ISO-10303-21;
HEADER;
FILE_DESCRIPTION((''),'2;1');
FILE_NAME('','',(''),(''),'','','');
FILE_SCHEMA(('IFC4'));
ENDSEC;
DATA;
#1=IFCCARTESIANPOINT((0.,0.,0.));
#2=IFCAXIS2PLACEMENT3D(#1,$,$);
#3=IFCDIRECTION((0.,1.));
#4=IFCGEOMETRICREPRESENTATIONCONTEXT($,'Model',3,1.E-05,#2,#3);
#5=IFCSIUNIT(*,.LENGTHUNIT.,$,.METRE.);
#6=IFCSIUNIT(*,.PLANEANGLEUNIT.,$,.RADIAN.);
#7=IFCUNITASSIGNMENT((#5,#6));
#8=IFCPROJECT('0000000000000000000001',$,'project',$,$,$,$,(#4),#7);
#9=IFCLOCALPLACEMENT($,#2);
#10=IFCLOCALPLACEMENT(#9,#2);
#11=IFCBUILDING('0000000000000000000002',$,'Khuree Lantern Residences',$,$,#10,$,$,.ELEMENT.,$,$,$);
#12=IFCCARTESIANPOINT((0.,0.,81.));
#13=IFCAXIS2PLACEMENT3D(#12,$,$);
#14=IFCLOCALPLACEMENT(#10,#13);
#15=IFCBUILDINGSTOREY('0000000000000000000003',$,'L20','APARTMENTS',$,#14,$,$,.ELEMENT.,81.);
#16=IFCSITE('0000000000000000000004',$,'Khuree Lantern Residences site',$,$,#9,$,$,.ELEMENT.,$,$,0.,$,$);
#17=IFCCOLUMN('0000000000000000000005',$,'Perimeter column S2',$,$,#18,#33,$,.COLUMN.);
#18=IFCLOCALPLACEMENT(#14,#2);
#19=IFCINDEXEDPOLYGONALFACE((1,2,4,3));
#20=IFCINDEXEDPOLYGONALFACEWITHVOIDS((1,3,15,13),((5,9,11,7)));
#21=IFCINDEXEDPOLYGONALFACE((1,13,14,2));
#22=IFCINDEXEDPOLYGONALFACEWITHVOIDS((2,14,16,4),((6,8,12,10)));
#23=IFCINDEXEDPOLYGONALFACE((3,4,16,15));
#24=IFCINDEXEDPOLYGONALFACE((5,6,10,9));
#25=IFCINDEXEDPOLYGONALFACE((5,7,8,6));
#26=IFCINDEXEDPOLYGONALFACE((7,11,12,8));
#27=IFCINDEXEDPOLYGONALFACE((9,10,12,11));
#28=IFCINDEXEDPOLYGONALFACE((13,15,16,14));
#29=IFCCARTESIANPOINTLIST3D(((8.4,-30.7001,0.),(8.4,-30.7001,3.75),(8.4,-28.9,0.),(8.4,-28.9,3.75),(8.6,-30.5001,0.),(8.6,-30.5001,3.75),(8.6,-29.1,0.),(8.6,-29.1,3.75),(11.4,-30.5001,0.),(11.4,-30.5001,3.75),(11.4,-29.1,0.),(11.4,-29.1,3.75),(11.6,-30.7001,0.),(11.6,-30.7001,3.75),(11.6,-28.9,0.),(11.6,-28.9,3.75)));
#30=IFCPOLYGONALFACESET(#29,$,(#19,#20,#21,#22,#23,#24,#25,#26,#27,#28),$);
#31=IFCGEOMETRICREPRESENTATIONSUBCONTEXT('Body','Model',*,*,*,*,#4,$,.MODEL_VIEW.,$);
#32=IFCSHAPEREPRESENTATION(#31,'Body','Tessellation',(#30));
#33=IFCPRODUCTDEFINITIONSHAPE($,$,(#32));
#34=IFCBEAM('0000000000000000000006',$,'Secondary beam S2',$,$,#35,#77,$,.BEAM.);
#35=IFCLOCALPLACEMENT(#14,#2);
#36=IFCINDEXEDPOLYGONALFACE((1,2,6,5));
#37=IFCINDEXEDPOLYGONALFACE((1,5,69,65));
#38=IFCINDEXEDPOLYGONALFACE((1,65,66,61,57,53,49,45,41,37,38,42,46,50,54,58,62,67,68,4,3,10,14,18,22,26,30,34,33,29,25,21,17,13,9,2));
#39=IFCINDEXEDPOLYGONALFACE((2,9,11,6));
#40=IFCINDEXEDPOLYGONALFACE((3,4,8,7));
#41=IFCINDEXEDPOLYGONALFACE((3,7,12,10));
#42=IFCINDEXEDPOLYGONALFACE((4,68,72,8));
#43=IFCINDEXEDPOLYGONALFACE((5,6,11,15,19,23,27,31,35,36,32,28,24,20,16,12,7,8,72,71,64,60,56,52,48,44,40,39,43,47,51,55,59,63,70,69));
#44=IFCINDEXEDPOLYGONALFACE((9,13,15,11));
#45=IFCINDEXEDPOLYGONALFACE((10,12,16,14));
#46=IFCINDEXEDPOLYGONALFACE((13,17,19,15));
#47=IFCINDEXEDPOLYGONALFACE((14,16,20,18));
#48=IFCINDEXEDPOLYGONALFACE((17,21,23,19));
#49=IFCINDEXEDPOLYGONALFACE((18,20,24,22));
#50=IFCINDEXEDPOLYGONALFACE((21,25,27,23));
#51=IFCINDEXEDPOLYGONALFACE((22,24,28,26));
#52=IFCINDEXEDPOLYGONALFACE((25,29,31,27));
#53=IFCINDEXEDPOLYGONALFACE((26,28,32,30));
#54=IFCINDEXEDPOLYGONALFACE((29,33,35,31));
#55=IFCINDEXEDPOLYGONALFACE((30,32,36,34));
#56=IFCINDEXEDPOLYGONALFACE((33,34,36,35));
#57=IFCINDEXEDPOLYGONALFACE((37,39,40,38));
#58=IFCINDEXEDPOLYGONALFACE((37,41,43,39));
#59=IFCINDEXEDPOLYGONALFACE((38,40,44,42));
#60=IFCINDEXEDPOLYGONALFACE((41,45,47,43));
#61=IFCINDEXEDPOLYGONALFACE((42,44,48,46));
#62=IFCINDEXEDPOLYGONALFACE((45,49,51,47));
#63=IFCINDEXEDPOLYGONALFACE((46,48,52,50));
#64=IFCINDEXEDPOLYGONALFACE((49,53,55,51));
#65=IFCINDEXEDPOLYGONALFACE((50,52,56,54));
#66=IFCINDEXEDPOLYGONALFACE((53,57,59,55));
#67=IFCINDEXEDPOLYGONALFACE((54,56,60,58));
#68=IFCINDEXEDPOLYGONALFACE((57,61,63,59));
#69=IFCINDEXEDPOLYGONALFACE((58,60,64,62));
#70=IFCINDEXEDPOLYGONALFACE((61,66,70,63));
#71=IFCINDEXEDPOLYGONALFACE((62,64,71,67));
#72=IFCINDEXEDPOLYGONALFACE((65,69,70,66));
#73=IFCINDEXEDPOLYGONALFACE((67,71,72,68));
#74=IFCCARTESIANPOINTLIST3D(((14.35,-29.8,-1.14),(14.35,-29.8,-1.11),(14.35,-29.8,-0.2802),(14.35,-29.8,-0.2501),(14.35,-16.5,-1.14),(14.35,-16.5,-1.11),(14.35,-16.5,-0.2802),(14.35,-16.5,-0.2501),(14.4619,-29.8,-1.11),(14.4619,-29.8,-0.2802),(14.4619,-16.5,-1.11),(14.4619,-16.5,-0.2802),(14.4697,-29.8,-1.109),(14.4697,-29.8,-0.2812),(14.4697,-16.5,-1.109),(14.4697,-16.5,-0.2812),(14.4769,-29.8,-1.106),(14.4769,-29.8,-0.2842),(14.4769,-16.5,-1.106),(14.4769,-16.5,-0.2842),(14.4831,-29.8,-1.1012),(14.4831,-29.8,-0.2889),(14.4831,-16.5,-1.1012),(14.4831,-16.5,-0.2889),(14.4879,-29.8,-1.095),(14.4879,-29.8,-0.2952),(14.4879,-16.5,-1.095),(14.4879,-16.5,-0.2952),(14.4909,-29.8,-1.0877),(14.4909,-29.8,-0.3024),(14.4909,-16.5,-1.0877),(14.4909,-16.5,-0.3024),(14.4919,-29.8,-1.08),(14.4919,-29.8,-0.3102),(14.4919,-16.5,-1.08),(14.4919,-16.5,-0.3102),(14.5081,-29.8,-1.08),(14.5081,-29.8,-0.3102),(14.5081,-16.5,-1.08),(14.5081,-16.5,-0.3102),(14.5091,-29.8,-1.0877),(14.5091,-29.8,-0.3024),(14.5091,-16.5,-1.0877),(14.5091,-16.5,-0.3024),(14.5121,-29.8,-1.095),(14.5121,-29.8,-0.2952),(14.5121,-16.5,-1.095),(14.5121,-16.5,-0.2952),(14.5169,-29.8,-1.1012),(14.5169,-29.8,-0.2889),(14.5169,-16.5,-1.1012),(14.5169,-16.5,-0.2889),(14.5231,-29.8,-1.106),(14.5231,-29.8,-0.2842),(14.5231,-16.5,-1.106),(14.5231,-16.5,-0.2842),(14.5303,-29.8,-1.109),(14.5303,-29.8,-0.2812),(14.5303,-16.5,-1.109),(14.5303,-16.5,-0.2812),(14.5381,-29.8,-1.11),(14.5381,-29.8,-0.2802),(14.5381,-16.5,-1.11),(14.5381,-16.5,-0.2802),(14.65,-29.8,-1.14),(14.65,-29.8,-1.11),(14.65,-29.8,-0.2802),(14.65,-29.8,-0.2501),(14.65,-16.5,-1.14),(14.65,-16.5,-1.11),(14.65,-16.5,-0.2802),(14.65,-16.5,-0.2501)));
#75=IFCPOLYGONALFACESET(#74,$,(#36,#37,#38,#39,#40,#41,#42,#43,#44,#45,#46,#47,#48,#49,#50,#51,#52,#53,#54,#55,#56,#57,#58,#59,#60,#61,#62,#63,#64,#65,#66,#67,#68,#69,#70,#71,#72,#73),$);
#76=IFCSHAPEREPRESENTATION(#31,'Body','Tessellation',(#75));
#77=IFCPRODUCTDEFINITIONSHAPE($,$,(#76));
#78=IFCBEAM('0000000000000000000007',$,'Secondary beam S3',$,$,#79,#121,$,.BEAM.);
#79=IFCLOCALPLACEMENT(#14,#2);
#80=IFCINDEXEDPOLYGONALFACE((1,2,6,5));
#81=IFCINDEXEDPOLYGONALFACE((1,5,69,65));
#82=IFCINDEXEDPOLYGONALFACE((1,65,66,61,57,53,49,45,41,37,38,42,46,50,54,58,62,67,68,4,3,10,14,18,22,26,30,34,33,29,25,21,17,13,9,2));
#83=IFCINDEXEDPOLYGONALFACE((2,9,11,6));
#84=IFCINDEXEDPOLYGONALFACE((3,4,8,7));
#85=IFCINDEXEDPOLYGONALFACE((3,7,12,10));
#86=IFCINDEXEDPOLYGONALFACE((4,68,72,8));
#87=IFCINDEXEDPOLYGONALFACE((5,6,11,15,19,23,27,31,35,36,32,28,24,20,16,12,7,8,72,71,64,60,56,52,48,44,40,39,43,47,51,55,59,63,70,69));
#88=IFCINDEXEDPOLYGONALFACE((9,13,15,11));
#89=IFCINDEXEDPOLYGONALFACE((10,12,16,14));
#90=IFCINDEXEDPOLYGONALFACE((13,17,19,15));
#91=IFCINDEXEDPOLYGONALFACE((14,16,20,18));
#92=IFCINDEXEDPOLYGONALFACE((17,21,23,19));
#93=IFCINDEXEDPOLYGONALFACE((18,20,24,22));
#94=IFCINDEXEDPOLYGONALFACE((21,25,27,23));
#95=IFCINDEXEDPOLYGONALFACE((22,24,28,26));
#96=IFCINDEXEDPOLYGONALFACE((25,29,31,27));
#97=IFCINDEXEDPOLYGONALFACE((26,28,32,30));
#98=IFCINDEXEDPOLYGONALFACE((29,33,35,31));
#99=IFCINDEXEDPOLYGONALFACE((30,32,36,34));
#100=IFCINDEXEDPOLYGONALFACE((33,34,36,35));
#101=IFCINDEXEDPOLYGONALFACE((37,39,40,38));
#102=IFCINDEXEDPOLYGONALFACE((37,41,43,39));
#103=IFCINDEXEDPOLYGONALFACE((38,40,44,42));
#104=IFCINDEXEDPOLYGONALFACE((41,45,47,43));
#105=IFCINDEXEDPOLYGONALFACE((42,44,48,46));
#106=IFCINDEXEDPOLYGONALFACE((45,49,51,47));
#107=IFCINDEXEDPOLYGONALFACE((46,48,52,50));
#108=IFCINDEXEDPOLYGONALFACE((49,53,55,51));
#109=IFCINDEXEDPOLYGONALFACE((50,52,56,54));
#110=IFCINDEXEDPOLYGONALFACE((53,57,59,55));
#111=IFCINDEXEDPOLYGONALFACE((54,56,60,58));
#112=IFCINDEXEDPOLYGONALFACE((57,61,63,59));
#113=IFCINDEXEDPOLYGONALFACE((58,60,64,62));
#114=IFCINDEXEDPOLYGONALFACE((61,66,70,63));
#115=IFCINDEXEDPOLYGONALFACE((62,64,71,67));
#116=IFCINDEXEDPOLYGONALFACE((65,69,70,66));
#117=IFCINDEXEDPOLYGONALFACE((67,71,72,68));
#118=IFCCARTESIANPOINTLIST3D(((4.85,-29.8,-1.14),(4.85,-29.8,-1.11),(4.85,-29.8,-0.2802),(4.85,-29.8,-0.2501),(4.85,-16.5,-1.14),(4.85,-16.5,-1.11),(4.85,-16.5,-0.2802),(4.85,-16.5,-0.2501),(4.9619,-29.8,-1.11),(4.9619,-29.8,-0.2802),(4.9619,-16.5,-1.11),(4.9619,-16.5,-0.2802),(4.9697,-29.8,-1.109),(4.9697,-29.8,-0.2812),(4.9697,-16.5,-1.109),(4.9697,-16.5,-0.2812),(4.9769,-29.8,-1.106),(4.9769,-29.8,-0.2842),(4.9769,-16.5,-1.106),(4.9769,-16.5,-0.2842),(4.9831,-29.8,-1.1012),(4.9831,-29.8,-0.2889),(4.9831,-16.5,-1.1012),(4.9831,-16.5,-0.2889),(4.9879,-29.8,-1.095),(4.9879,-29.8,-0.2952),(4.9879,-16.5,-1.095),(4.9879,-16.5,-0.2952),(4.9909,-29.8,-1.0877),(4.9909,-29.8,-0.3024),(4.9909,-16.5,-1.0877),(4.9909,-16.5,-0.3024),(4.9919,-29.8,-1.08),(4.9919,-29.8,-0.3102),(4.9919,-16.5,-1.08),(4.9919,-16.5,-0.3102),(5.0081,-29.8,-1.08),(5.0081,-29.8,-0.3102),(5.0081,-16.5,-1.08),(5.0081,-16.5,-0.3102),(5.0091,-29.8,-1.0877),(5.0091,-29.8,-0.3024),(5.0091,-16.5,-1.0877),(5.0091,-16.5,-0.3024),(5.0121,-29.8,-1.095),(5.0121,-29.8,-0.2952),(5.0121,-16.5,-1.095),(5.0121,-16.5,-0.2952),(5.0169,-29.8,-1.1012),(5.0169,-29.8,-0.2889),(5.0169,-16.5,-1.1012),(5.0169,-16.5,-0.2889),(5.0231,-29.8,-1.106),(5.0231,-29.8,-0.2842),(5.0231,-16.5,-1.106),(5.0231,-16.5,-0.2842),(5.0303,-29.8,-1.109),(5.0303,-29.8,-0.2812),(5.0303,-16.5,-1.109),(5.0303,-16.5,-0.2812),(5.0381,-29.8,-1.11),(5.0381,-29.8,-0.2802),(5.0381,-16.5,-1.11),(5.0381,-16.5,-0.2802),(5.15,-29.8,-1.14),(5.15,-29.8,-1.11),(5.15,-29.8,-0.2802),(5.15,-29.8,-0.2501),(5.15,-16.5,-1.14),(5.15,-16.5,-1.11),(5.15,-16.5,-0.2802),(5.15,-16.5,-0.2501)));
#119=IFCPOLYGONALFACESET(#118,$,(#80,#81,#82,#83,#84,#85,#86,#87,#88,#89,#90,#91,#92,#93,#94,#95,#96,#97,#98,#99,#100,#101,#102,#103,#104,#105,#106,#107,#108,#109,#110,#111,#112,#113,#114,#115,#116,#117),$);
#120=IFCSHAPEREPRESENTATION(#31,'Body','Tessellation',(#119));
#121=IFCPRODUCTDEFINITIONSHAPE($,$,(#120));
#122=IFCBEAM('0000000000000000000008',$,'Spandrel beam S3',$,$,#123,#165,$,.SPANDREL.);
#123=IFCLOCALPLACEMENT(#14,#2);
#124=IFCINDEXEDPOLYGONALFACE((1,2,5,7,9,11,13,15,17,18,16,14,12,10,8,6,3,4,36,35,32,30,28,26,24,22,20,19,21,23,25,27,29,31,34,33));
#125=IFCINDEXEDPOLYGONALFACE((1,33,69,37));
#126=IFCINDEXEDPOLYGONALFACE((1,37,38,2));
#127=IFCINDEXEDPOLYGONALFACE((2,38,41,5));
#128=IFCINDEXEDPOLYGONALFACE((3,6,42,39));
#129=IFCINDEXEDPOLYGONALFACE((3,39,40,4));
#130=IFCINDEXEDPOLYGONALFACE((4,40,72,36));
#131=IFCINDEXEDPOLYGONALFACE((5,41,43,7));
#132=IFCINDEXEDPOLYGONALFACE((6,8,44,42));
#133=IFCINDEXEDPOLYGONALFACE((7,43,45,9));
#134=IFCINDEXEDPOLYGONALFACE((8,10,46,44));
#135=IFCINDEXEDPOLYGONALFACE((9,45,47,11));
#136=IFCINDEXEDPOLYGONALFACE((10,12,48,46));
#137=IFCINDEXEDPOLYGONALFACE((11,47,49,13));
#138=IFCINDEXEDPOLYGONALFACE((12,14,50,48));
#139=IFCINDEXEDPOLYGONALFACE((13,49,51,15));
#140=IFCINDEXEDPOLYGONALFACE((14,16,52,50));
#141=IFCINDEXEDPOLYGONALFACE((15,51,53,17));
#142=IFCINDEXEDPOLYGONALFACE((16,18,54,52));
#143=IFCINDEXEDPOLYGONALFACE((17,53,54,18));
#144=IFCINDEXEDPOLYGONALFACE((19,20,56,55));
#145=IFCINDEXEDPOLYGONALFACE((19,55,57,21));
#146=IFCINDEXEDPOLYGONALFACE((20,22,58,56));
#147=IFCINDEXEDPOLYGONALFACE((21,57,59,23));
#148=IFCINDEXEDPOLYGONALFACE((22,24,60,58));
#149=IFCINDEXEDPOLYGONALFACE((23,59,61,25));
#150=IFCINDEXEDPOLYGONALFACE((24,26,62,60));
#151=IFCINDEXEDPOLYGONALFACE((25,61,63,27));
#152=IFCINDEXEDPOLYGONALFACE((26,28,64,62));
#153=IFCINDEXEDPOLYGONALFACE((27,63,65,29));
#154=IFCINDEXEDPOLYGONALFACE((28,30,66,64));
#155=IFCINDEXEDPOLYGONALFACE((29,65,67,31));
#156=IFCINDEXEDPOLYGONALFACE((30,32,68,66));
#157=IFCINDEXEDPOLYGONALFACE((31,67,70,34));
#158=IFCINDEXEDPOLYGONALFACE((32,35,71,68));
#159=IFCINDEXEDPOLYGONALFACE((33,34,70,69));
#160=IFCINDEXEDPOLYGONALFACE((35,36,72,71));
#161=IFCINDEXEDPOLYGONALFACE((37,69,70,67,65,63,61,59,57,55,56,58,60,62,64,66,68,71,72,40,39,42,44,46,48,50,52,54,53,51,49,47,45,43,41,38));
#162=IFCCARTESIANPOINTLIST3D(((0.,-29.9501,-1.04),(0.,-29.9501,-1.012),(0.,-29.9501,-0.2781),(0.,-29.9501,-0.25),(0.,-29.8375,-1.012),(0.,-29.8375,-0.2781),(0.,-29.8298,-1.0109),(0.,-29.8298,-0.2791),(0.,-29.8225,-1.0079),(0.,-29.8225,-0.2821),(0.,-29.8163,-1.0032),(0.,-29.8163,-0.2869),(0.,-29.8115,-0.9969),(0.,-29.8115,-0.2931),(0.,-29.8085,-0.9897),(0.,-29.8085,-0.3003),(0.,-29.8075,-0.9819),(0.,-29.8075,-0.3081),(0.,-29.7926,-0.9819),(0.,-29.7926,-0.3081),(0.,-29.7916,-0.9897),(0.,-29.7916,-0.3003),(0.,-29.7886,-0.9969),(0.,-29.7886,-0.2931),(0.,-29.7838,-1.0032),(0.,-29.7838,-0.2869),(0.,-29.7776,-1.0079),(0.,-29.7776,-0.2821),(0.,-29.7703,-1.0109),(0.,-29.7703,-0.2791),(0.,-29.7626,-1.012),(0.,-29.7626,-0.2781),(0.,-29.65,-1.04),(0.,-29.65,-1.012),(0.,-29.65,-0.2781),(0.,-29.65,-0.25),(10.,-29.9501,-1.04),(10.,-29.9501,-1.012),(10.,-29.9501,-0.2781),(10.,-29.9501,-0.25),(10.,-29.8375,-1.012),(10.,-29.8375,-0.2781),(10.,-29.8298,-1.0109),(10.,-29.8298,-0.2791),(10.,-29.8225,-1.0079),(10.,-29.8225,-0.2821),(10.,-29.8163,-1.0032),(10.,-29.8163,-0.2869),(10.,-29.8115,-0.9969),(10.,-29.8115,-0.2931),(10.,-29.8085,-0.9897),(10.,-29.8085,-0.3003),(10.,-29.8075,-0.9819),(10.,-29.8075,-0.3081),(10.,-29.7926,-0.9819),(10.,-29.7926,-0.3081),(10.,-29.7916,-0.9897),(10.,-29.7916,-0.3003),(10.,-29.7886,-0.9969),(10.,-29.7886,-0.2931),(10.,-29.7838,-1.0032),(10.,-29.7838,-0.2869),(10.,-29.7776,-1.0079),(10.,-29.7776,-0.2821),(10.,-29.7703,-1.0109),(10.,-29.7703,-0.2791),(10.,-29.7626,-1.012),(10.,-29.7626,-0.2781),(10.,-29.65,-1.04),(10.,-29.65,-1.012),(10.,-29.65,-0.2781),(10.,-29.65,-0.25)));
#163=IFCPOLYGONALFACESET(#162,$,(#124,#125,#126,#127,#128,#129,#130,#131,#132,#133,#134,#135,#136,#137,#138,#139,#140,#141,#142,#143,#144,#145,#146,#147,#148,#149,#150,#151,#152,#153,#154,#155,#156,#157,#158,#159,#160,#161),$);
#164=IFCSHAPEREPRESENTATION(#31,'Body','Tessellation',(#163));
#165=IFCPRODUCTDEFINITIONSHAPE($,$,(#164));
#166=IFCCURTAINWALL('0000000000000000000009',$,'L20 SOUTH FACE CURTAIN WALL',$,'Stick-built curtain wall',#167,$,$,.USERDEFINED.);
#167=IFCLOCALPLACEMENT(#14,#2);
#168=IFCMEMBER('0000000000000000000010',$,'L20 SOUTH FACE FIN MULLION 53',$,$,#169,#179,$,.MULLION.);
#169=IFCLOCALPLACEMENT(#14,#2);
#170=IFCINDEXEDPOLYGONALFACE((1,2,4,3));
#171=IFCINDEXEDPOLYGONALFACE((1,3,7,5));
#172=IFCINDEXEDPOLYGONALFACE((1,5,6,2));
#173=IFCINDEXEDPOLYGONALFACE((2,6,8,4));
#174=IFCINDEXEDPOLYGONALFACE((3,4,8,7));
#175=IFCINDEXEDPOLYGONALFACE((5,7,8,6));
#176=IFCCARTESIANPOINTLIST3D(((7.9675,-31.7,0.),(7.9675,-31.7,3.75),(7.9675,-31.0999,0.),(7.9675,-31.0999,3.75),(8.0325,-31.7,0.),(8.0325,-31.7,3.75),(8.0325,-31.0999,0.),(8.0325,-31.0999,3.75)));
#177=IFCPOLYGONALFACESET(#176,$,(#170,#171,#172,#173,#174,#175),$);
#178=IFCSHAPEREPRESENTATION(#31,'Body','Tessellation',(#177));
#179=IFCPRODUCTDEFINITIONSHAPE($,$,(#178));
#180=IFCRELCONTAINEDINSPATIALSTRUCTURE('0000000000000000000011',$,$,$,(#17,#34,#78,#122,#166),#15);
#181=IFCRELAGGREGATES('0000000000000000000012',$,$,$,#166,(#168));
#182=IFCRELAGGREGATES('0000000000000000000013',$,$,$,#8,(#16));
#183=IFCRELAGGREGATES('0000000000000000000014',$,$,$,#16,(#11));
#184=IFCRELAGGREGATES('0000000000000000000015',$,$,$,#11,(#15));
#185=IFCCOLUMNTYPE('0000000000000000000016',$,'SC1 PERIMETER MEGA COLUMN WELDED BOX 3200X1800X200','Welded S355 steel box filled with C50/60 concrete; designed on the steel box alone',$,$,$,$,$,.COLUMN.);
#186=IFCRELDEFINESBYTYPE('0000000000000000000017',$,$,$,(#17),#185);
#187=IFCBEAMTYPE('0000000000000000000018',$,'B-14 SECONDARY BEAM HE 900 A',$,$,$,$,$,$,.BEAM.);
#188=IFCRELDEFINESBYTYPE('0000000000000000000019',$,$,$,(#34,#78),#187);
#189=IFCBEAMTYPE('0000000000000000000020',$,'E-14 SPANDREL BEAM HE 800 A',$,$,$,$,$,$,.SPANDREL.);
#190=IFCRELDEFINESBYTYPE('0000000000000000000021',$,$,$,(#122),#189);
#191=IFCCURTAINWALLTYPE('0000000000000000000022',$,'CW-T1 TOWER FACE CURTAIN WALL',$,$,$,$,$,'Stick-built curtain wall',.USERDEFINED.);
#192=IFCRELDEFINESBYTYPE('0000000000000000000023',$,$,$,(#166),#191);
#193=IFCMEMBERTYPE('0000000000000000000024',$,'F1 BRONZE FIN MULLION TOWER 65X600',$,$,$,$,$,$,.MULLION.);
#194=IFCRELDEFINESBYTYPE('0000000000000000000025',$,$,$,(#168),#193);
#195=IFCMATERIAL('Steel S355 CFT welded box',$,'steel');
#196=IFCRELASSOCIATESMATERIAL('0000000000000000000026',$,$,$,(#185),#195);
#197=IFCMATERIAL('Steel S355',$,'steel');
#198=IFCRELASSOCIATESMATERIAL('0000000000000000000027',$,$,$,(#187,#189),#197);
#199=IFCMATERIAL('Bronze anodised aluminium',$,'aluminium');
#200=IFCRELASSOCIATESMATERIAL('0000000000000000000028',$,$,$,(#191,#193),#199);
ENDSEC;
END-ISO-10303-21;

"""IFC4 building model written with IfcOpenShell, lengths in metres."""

from ifc_helpers import new_model, si_unit, direction, frame, origin, origin_2d, place, context, subcontext, project, spatial, rectangle, hollow_rectangle, i_section, extrude, material, material_profile, profile_set, type_object, element, aggregate, save


model = new_model("IFC4")

# Units and contexts
model_context = context("Model", 3, precision=1e-05, world=origin(), true_north=direction((0.0, 1.0)))
body_context = subcontext(model_context, "Body", "Model", "MODEL_VIEW")
ifc_project = project(units=[si_unit("LENGTHUNIT", "METRE"), si_unit("PLANEANGLEUNIT", "RADIAN")], contexts=[model_context])

# Site, building, storey
site_placement = place(None, origin())
site = spatial("IfcSite", under=ifc_project, at=site_placement, Name="Khuree Lantern Residences site", CompositionType="ELEMENT", RefElevation=0.0)
building_placement = place(site_placement, origin())
building = spatial("IfcBuilding", under=site, at=building_placement, Name="Khuree Lantern Residences", CompositionType="ELEMENT")
storey_placement = place(building_placement, frame((0.0, 0.0, 81.0)))
storey = spatial("IfcBuildingStorey", under=building, at=storey_placement, Name="L20", Description="APARTMENTS", CompositionType="ELEMENT", Elevation=81.0)

# Column
ifc_material_1 = material(Name="Steel S355 CFT welded box", Category="steel")
ifc_material_profile_1 = material_profile(ifc_material_1, hollow_rectangle(XDim=3.2, YDim=1.8, WallThickness=0.2, at=origin_2d()), Name="WELDED BOX 3200X1800X200")
ifc_profile_set_1 = profile_set([ifc_material_profile_1], Name="Steel S355 CFT welded box")
column_type = type_object("IfcColumnType", Name="SC1 PERIMETER MEGA COLUMN WELDED BOX 3200X1800X200", Description="Welded S355 steel box filled with C50/60 concrete; designed on the steel box alone", PredefinedType="COLUMN", material=ifc_profile_set_1)
column_placement = place(storey_placement, frame((10.0, -29.8, 0.0), z_axis=(0.0, 0.0, 1.0), x_axis=(1.0, 0.0, 0.0)))
element("IfcColumn", 1, at=column_placement, inside=storey, type_object=column_type, Name="Perimeter column S2", PredefinedType="COLUMN", context=body_context, shape_type="SweptSolid", body=[
    extrude(hollow_rectangle(XDim=3.2, YDim=1.8, WallThickness=0.2, at=origin_2d()), origin(), (0.0, 0.0, 1.0), 3.75),
])

# Beams
ifc_material_2 = material(Name="Steel S355", Category="steel")
ifc_material_profile_2 = material_profile(ifc_material_2, i_section(OverallWidth=0.3, OverallDepth=0.8899, WebThickness=0.0161, FlangeThickness=0.03, FilletRadius=0.03, at=origin_2d()), Name="HE 900 A")
ifc_profile_set_2 = profile_set([ifc_material_profile_2], Name="Steel S355")
beam_type_1 = type_object("IfcBeamType", Name="B-14 SECONDARY BEAM HE 900 A", PredefinedType="BEAM", material=ifc_profile_set_2)
for number, where, z_axis, x_axis, name in (
    (2, (14.5, -29.8, -0.6951), (0.0, 1.0, 0.0), (-1.0, 0.0, 0.0), "Secondary beam S2"),
    (3, (5.0, -29.8, -0.6951), (0.0, 1.0, 0.0), (-1.0, 0.0, 0.0), "Secondary beam S3"),
):
    element("IfcBeam", number, at=place(storey_placement, frame(where, z_axis=z_axis, x_axis=x_axis)), inside=storey, type_object=beam_type_1, Name=name, PredefinedType="BEAM", context=body_context, shape_type="SweptSolid", body=[
        extrude(i_section(OverallWidth=0.3, OverallDepth=0.8899, WebThickness=0.0161, FlangeThickness=0.03, FilletRadius=0.03, at=origin_2d()), origin(), (0.0, 0.0, 1.0), 13.3),
    ])
ifc_material_profile_3 = material_profile(ifc_material_2, i_section(OverallWidth=0.3, OverallDepth=0.79, WebThickness=0.0149, FlangeThickness=0.0281, FilletRadius=0.03, at=origin_2d()), Name="HE 800 A")
ifc_profile_set_3 = profile_set([ifc_material_profile_3], Name="Steel S355")
beam_type_2 = type_object("IfcBeamType", Name="E-14 SPANDREL BEAM HE 800 A", PredefinedType="SPANDREL", material=ifc_profile_set_3)
beam_1_placement = place(storey_placement, frame((10.0, -29.8, -0.645), z_axis=(-1.0, 0.0, 0.0), x_axis=(0.0, -1.0, 0.0)))
element("IfcBeam", 4, at=beam_1_placement, inside=storey, type_object=beam_type_2, Name="Spandrel beam S3", PredefinedType="SPANDREL", context=body_context, shape_type="SweptSolid", body=[
    extrude(i_section(OverallWidth=0.3, OverallDepth=0.79, WebThickness=0.0149, FlangeThickness=0.0281, FilletRadius=0.03, at=origin_2d()), origin(), (0.0, 0.0, 1.0), 10.0),
])

# Curtain wall, member
ifc_material_3 = material(Name="Bronze anodised aluminium", Category="aluminium")
curtain_wall_type = type_object("IfcCurtainWallType", Name="CW-T1 TOWER FACE CURTAIN WALL", ElementType="Stick-built curtain wall", PredefinedType="USERDEFINED", material=ifc_material_3)
curtain_wall_placement = place(storey_placement, origin())
curtain_wall = element("IfcCurtainWall", 5, at=curtain_wall_placement, inside=storey, type_object=curtain_wall_type, Name="L20 SOUTH FACE CURTAIN WALL", ObjectType="Stick-built curtain wall", PredefinedType="USERDEFINED")
ifc_material_profile_4 = material_profile(ifc_material_3, rectangle(XDim=0.0649, YDim=0.6001, at=origin_2d()), Name="F1 65X600")
ifc_profile_set_4 = profile_set([ifc_material_profile_4], Name="Bronze anodised aluminium")
member_type_1 = type_object("IfcMemberType", Name="F1 BRONZE FIN MULLION TOWER 65X600", PredefinedType="MULLION", material=ifc_profile_set_4)
member_1_placement = place(storey_placement, frame((8.0, -31.3999, 0.0), z_axis=(0.0, 0.0, 1.0), x_axis=(1.0, 0.0, 0.0)))
member_1 = element("IfcMember", 6, at=member_1_placement, type_object=member_type_1, Name="L20 SOUTH FACE FIN MULLION 53", PredefinedType="MULLION", context=body_context, shape_type="SweptSolid", body=[
    extrude(rectangle(XDim=0.0649, YDim=0.6001, at=origin_2d()), origin(), (0.0, 0.0, 1.0), 3.75),
])

aggregate(curtain_wall, [member_1])

save(model, "model.ifc")
